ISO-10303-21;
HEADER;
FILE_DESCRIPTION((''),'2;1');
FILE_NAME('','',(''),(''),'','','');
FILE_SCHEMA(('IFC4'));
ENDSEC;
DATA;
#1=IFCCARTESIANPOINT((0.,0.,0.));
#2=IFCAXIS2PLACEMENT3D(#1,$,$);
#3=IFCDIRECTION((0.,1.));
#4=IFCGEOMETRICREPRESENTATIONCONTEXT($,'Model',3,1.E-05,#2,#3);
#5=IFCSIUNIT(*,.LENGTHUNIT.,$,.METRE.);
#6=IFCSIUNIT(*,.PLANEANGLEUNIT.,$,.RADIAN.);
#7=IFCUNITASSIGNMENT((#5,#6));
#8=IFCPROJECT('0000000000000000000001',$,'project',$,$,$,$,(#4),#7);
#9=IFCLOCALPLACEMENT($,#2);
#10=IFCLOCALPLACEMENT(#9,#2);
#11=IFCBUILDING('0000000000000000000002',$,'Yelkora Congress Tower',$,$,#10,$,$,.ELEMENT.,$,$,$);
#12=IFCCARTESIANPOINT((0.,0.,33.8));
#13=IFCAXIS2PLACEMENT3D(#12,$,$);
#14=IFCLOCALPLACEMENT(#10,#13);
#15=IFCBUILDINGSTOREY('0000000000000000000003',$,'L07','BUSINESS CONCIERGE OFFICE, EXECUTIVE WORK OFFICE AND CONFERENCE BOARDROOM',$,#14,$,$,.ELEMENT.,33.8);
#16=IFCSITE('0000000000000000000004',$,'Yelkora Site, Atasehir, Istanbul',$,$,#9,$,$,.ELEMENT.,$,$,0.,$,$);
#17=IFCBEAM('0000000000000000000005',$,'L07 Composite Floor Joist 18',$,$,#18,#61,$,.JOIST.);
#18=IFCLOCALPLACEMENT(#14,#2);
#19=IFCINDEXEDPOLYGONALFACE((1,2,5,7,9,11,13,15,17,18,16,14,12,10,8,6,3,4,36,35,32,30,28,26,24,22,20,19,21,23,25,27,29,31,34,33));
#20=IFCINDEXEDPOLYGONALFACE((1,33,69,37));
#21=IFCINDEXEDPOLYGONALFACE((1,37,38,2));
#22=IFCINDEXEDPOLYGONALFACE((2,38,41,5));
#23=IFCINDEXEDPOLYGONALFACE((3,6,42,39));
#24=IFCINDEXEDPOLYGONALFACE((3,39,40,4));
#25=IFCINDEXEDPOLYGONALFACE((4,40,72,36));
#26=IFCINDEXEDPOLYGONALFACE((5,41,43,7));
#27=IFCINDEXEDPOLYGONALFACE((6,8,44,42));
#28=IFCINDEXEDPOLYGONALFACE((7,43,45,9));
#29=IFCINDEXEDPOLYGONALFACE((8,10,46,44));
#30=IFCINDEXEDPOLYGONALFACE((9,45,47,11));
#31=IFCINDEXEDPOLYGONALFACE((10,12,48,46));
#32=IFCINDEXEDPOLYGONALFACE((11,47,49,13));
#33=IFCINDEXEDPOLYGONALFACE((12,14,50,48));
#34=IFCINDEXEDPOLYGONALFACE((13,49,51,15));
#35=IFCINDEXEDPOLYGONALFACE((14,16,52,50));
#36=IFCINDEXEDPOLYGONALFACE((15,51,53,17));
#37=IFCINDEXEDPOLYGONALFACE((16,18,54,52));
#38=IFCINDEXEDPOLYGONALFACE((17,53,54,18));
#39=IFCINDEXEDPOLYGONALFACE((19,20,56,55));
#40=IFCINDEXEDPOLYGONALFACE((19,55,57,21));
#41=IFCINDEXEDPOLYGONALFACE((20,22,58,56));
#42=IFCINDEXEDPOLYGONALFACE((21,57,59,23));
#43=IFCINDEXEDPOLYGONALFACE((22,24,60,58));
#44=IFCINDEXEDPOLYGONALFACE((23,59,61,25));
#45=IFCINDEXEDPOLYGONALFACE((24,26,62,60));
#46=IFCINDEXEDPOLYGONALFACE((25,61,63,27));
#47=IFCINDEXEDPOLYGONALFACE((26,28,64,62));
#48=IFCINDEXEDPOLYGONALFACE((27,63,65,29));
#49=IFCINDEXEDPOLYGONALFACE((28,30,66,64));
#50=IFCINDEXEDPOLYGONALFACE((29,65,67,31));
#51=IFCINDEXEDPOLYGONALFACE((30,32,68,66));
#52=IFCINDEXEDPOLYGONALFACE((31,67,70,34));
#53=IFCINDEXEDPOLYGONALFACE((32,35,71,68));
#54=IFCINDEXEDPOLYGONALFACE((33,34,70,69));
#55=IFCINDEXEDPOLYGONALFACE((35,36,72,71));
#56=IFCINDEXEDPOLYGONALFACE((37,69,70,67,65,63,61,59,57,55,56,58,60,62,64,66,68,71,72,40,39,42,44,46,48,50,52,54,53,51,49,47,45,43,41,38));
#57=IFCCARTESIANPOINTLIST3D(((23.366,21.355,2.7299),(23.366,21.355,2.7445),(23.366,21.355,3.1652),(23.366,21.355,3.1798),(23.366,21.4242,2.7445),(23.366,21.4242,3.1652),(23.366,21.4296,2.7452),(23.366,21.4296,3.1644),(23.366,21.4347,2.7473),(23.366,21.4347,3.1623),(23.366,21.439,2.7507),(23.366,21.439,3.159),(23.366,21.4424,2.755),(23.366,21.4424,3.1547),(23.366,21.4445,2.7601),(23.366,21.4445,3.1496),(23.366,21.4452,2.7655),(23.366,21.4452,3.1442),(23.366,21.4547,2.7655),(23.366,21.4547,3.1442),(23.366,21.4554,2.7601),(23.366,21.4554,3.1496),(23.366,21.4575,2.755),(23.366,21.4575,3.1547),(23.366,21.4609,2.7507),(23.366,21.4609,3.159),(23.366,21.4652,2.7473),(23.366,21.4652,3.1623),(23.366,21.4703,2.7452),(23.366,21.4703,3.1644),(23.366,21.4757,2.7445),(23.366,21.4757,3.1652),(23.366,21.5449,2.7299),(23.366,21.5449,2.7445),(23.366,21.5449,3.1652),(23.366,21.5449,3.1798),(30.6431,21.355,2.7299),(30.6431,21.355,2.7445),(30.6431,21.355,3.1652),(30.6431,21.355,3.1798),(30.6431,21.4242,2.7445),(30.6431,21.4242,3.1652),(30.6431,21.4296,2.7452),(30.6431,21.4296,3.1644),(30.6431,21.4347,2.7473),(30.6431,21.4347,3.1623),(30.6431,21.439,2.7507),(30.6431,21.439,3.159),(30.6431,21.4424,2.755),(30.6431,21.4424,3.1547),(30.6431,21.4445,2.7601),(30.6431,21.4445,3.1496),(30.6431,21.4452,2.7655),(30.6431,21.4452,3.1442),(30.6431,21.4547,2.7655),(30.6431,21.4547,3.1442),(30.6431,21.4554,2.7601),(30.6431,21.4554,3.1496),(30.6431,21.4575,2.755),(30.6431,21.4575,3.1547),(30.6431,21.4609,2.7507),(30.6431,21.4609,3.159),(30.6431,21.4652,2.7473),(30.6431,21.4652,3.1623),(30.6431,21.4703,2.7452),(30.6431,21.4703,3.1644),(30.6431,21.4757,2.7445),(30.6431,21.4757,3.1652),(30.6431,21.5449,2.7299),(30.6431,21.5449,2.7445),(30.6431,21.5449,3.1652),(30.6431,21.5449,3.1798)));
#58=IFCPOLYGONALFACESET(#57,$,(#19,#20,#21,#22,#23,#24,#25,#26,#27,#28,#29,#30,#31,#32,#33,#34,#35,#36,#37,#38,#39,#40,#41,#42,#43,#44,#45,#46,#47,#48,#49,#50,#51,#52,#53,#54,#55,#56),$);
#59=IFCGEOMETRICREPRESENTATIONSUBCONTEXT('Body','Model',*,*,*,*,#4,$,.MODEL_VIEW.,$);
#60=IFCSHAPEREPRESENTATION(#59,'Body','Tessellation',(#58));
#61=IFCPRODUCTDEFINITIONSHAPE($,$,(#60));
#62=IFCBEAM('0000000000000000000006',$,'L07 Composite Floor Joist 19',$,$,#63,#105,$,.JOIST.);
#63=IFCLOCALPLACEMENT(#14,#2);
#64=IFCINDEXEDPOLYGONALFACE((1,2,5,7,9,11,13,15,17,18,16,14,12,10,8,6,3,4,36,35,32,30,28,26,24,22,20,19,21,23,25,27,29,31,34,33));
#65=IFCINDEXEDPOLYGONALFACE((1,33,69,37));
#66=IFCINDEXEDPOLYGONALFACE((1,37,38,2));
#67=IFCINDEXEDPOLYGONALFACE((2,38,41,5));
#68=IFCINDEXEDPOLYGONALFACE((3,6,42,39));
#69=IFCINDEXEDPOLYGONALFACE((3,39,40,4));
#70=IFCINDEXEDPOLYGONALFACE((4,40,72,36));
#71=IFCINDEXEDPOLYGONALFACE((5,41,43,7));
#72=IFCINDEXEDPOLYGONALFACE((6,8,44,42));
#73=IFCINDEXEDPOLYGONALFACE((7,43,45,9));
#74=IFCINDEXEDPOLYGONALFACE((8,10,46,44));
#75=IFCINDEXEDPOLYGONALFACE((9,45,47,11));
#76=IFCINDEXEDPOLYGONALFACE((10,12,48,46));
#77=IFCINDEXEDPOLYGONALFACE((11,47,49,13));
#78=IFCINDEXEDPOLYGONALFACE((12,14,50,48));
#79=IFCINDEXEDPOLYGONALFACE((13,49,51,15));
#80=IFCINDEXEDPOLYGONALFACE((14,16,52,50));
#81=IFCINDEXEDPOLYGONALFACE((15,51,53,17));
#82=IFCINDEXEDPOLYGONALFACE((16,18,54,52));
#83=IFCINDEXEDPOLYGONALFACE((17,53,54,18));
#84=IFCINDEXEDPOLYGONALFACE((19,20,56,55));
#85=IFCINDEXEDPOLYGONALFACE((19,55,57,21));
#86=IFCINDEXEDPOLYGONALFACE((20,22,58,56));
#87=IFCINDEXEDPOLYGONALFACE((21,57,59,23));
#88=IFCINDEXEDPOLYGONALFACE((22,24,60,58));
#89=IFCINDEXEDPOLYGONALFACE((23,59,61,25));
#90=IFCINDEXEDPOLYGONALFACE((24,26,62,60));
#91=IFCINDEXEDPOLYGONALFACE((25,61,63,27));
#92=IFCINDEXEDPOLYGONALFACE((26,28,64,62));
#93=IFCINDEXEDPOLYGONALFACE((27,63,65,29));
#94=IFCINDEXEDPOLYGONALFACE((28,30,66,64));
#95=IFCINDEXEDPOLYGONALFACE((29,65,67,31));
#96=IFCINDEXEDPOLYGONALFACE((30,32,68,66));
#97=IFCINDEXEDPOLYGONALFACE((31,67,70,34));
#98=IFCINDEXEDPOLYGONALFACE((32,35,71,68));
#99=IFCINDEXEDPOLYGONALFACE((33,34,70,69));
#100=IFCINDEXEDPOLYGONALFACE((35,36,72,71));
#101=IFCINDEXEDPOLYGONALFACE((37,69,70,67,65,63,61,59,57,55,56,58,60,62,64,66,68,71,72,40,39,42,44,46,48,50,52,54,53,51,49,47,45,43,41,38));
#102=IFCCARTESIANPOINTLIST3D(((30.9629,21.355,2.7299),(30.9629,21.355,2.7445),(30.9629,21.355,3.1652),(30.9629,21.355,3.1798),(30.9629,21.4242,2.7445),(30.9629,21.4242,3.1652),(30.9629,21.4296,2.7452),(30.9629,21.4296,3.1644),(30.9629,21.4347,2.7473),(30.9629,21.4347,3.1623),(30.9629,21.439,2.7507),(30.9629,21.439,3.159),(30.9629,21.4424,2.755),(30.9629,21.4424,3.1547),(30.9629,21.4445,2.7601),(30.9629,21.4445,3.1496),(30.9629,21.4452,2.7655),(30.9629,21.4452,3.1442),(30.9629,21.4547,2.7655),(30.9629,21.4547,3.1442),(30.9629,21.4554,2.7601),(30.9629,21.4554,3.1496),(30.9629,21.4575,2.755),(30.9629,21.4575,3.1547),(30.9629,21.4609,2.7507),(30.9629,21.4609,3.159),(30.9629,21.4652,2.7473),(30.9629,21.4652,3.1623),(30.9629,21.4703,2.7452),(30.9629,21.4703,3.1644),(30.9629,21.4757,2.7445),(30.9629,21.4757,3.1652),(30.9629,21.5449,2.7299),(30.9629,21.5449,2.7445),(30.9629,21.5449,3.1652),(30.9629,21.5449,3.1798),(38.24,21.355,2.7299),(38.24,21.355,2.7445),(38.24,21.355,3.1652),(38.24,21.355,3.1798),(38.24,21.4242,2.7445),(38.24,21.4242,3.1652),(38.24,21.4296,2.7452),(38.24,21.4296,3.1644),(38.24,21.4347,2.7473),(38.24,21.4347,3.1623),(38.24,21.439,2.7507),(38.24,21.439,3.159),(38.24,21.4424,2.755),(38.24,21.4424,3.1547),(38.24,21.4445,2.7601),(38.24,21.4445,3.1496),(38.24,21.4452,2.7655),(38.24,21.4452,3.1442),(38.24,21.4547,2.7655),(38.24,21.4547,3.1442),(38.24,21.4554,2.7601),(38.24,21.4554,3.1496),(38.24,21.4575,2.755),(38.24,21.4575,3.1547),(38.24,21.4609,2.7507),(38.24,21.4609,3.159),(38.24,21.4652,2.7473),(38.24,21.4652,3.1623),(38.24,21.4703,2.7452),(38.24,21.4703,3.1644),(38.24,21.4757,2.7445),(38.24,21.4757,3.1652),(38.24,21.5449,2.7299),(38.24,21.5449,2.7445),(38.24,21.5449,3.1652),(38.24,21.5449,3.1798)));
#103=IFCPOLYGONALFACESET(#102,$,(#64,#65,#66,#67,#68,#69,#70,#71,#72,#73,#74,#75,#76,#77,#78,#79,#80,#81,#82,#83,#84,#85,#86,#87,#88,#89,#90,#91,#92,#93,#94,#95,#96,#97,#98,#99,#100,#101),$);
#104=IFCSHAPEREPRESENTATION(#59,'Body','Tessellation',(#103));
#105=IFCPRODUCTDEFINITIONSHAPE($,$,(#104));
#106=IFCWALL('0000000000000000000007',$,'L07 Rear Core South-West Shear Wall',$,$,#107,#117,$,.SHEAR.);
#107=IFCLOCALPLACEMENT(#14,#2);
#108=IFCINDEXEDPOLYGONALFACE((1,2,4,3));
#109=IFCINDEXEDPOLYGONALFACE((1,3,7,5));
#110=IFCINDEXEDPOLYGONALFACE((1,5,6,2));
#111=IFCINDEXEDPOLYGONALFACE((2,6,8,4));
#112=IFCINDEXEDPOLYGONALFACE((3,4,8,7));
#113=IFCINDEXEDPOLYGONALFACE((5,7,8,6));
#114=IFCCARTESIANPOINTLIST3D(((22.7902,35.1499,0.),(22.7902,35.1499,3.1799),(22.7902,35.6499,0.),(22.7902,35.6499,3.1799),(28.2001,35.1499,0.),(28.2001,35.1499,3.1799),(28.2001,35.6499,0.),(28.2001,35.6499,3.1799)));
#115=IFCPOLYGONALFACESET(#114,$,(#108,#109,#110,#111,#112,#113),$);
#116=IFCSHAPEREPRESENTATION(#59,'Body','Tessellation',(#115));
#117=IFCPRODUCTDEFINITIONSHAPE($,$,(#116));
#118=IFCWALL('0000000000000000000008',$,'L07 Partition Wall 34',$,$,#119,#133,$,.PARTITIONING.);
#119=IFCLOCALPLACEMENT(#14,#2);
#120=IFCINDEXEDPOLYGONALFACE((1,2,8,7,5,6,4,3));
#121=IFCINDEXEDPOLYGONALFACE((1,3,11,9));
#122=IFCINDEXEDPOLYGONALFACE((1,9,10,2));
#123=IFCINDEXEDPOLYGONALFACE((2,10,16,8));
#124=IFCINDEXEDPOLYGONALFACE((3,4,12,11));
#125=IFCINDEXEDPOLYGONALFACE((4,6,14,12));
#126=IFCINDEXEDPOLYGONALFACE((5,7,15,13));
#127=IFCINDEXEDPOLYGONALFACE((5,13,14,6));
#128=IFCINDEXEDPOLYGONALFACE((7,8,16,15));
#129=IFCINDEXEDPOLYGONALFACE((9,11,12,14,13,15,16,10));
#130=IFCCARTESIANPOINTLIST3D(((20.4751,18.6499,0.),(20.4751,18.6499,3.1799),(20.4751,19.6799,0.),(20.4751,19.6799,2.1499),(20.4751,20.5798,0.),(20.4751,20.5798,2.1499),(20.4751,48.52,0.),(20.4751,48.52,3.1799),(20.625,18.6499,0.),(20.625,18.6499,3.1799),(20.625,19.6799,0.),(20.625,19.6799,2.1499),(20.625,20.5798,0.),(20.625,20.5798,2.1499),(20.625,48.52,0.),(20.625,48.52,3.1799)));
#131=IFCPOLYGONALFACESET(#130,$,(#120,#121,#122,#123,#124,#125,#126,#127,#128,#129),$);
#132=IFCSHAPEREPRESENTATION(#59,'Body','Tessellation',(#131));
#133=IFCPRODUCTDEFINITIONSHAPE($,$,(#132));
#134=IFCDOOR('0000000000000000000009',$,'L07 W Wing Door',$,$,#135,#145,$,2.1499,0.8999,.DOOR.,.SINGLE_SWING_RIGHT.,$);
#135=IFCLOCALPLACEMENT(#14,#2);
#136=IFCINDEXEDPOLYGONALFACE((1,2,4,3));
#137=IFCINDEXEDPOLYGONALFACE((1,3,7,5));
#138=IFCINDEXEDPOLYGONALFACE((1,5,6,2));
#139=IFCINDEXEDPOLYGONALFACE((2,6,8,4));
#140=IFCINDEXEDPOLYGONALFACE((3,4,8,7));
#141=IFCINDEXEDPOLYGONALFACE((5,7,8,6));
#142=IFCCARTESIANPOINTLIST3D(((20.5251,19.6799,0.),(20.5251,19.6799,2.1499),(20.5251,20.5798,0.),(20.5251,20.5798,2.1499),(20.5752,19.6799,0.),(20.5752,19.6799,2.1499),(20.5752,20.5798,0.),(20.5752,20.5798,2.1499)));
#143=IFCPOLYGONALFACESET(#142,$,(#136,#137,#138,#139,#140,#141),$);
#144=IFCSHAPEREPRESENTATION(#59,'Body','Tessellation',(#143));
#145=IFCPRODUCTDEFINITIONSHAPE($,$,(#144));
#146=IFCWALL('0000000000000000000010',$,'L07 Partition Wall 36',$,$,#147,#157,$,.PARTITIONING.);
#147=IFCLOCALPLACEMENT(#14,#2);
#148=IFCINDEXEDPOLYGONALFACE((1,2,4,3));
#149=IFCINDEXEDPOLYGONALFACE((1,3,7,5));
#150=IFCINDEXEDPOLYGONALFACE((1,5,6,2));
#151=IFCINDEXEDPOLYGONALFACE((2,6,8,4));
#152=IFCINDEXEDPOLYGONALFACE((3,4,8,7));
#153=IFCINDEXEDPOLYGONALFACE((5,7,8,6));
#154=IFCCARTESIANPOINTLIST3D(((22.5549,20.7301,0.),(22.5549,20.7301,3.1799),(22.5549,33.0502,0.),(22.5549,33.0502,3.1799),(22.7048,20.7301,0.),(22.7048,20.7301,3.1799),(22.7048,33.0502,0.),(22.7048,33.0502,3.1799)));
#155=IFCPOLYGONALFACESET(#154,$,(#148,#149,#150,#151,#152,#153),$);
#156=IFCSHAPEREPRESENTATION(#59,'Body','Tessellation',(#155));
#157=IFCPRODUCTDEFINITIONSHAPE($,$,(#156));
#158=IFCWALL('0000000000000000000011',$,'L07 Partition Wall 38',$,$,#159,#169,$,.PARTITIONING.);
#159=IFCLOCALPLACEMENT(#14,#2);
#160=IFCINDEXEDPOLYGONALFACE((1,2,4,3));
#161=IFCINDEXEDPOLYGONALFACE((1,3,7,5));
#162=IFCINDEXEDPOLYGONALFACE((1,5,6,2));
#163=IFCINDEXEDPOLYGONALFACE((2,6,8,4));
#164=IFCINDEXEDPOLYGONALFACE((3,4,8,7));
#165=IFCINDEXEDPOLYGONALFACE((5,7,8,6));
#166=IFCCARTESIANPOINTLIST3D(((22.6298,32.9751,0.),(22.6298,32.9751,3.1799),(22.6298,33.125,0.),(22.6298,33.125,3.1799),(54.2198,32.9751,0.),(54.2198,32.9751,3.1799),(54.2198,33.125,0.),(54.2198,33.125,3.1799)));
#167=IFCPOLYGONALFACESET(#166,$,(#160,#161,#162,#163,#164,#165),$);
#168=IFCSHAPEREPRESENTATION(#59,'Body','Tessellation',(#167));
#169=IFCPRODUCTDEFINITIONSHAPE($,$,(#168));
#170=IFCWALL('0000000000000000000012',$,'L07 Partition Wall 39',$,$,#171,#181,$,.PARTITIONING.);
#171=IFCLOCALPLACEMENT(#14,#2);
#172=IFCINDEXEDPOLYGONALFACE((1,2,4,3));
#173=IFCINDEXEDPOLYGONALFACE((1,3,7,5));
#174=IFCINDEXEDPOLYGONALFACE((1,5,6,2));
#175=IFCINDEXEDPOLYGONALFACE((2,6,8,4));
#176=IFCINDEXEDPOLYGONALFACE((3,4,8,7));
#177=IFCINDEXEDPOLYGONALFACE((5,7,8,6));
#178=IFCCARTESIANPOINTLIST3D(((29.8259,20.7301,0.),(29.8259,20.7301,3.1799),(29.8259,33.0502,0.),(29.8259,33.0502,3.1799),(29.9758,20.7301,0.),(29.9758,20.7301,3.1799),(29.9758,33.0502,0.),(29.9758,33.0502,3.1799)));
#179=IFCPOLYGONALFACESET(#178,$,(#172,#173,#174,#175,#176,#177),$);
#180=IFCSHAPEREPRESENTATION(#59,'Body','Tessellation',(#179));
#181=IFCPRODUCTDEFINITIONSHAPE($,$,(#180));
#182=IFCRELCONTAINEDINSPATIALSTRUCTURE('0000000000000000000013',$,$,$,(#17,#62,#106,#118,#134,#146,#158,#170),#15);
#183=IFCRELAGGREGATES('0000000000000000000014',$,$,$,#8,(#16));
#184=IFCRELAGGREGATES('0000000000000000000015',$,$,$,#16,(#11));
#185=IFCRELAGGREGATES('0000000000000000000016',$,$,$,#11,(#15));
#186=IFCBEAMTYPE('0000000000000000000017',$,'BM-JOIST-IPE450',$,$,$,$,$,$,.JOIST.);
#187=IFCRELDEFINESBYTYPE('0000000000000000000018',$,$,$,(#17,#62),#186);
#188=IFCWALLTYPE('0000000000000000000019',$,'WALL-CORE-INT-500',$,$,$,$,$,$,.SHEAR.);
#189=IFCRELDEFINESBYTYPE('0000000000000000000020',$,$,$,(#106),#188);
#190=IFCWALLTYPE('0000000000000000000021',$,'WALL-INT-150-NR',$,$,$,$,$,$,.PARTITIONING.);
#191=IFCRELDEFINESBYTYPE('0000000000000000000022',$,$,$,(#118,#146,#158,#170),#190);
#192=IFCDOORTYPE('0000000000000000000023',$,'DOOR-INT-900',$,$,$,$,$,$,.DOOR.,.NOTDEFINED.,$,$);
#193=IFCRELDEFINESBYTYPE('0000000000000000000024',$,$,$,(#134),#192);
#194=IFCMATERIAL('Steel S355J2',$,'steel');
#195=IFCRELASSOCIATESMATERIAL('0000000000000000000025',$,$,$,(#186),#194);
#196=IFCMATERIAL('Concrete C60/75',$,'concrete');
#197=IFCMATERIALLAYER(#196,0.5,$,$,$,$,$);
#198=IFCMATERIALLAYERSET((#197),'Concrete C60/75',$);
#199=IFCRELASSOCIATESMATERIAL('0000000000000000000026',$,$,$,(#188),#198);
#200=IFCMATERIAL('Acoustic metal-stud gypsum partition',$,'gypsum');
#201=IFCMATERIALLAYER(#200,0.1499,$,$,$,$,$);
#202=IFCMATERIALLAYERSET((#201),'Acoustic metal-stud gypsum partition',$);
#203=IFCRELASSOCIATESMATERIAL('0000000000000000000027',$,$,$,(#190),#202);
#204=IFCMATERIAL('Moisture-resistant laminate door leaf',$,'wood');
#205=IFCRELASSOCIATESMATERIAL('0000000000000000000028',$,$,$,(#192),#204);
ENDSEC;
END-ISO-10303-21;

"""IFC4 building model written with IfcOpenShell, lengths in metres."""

from ifc_helpers import new_model, si_unit, direction, frame, frame_2d, origin, origin_2d, place, context, subcontext, project, spatial, rectangle, i_section, extrude, material, layer, layer_set, material_profile, profile_set, type_object, element, fill, save


model = new_model("IFC4")

# Units and contexts
model_context = context("Model", 3, precision=1e-05, world=origin(), true_north=direction((0.0, 1.0)))
body_context = subcontext(model_context, "Body", "Model", "MODEL_VIEW")
ifc_project = project(units=[si_unit("LENGTHUNIT", "METRE"), si_unit("PLANEANGLEUNIT", "RADIAN")], contexts=[model_context])

# Site, building, storey
site_placement = place(None, origin())
site = spatial("IfcSite", under=ifc_project, at=site_placement, Name="Yelkora Site, Atasehir, Istanbul", CompositionType="ELEMENT", RefElevation=0.0)
building_placement = place(site_placement, origin())
building = spatial("IfcBuilding", under=site, at=building_placement, Name="Yelkora Congress Tower", CompositionType="ELEMENT")
storey_placement = place(building_placement, frame((0.0, 0.0, 33.8)))
storey = spatial("IfcBuildingStorey", under=building, at=storey_placement, Name="L07", Description="BUSINESS CONCIERGE OFFICE, EXECUTIVE WORK OFFICE AND CONFERENCE BOARDROOM", CompositionType="ELEMENT", Elevation=33.8)

# Shared definitions
ifc_material_1 = material(Name="Concrete C60/75", Category="concrete")

# Beams
ifc_material_2 = material(Name="Steel S355J2", Category="steel")
ifc_material_profile_1 = material_profile(ifc_material_2, i_section(OverallWidth=0.1899, OverallDepth=0.45, WebThickness=0.0095, FlangeThickness=0.0146, FilletRadius=0.021, at=origin_2d()), Name="IPE 450")
ifc_profile_set_1 = profile_set([ifc_material_profile_1], Name="Steel S355J2")
beam_type_1 = type_object("IfcBeamType", Name="BM-JOIST-IPE450", PredefinedType="JOIST", material=ifc_profile_set_1)
for number, where, z_axis, x_axis, name in (
    (1, (23.366, 21.45, 2.9548), (1.0, 0.0, 0.0), (0.0, 1.0, 0.0), "L07 Composite Floor Joist 18"),
    (2, (30.9629, 21.45, 2.9548), (1.0, 0.0, 0.0), (0.0, 1.0, 0.0), "L07 Composite Floor Joist 19"),
):
    element("IfcBeam", number, at=place(storey_placement, frame(where, z_axis=z_axis, x_axis=x_axis)), inside=storey, type_object=beam_type_1, Name=name, PredefinedType="JOIST", context=body_context, shape_type="SweptSolid", body=[
        extrude(i_section(OverallWidth=0.1899, OverallDepth=0.45, WebThickness=0.0095, FlangeThickness=0.0146, FilletRadius=0.021, at=origin_2d()), origin(), (0.0, 0.0, 1.0), 7.2771),
    ])

# Wall
ifc_layer_1 = layer(ifc_material_1, 0.5)
ifc_layer_set_1 = layer_set([ifc_layer_1], Name="Concrete C60/75")
wall_type_1 = type_object("IfcWallType", Name="WALL-CORE-INT-500", PredefinedType="SHEAR", material=ifc_layer_set_1)
wall_1_placement = place(storey_placement, frame((22.79, 35.3999, 0.0), z_axis=(0.0, 0.0, 1.0), x_axis=(1.0, 0.0, 0.0)))
element("IfcWall", 3, at=wall_1_placement, inside=storey, type_object=wall_type_1, Name="L07 Rear Core South-West Shear Wall", PredefinedType="SHEAR", context=body_context, shape_type="SweptSolid", body=[
    extrude(rectangle(XDim=5.4099, YDim=0.5, at=frame_2d((2.7051, 0.0))), origin(), (0.0, 0.0, 1.0), 3.1799),
])

# Wall, opening, door
ifc_material_3 = material(Name="Acoustic metal-stud gypsum partition", Category="gypsum")
ifc_layer_2 = layer(ifc_material_3, 0.1499)
ifc_layer_set_2 = layer_set([ifc_layer_2], Name="Acoustic metal-stud gypsum partition")
wall_type_2 = type_object("IfcWallType", Name="WALL-INT-150-NR", PredefinedType="PARTITIONING", material=ifc_layer_set_2)
wall_2_placement = place(storey_placement, frame((20.55, 18.6499, 0.0), z_axis=(0.0, 0.0, 1.0), x_axis=(0.0, 1.0, 0.0)))
wall_2 = element("IfcWall", 4, at=wall_2_placement, inside=storey, type_object=wall_type_2, Name="L07 Partition Wall 34", PredefinedType="PARTITIONING", context=body_context, shape_type="SweptSolid", body=[
    extrude(rectangle(XDim=29.8701, YDim=0.1499, at=frame_2d((14.9351, 0.0))), origin(), (0.0, 0.0, 1.0), 3.1799),
])
opening_1_placement = place(wall_2_placement, frame((1.03, 0.0, 0.0)))
opening_1 = element("IfcOpeningElement", 5, at=opening_1_placement, cuts=wall_2, PredefinedType="OPENING", context=body_context, shape_type="SweptSolid", body=[
    extrude(rectangle(XDim=0.8999, YDim=2.1499, at=frame_2d((0.45, 1.075))), frame((0.0, 0.085, 0.0), z_axis=(0.0, -1.0, 0.0), x_axis=(1.0, 0.0, 0.0)), (0.0, 0.0, 1.0), 0.1699),
])
ifc_material_4 = material(Name="Moisture-resistant laminate door leaf", Category="wood")
door_type = type_object("IfcDoorType", Name="DOOR-INT-900", OperationType="NOTDEFINED", PredefinedType="DOOR", material=ifc_material_4)
door_1_placement = place(opening_1_placement, origin())
door_1 = element("IfcDoor", 6, at=door_1_placement, inside=storey, type_object=door_type, Name="L07 W Wing Door", OperationType="SINGLE_SWING_RIGHT", OverallHeight=2.1499, OverallWidth=0.8999, PredefinedType="DOOR", context=body_context, shape_type="SweptSolid", body=[
    extrude(rectangle(XDim=0.8999, YDim=2.1499, at=frame_2d((0.45, 1.075))), frame((0.0, 0.0249, 0.0), z_axis=(0.0, -1.0, 0.0), x_axis=(1.0, 0.0, 0.0)), (0.0, 0.0, 1.0), 0.05),
])
fill(opening_1, door_1)

# Walls
wall_3_placement = place(storey_placement, frame((22.6299, 20.73, 0.0), z_axis=(0.0, 0.0, 1.0), x_axis=(0.0, 1.0, 0.0)))
element("IfcWall", 7, at=wall_3_placement, inside=storey, type_object=wall_type_2, Name="L07 Partition Wall 36", PredefinedType="PARTITIONING", context=body_context, shape_type="SweptSolid", body=[
    extrude(rectangle(XDim=12.3201, YDim=0.1499, at=frame_2d((6.1602, 0.0))), origin(), (0.0, 0.0, 1.0), 3.1799),
])
wall_4_placement = place(storey_placement, frame((22.6299, 33.05, 0.0), z_axis=(0.0, 0.0, 1.0), x_axis=(1.0, 0.0, 0.0)))
element("IfcWall", 8, at=wall_4_placement, inside=storey, type_object=wall_type_2, Name="L07 Partition Wall 38", PredefinedType="PARTITIONING", context=body_context, shape_type="SweptSolid", body=[
    extrude(rectangle(XDim=31.5901, YDim=0.1499, at=frame_2d((15.7949, 0.0))), origin(), (0.0, 0.0, 1.0), 3.1799),
])
wall_5_placement = place(storey_placement, frame((29.9009, 20.73, 0.0), z_axis=(0.0, 0.0, 1.0), x_axis=(0.0, 1.0, 0.0)))
element("IfcWall", 9, at=wall_5_placement, inside=storey, type_object=wall_type_2, Name="L07 Partition Wall 39", PredefinedType="PARTITIONING", context=body_context, shape_type="SweptSolid", body=[
    extrude(rectangle(XDim=12.3201, YDim=0.1499, at=frame_2d((6.1602, 0.0))), origin(), (0.0, 0.0, 1.0), 3.1799),
])

save(model, "model.ifc")
